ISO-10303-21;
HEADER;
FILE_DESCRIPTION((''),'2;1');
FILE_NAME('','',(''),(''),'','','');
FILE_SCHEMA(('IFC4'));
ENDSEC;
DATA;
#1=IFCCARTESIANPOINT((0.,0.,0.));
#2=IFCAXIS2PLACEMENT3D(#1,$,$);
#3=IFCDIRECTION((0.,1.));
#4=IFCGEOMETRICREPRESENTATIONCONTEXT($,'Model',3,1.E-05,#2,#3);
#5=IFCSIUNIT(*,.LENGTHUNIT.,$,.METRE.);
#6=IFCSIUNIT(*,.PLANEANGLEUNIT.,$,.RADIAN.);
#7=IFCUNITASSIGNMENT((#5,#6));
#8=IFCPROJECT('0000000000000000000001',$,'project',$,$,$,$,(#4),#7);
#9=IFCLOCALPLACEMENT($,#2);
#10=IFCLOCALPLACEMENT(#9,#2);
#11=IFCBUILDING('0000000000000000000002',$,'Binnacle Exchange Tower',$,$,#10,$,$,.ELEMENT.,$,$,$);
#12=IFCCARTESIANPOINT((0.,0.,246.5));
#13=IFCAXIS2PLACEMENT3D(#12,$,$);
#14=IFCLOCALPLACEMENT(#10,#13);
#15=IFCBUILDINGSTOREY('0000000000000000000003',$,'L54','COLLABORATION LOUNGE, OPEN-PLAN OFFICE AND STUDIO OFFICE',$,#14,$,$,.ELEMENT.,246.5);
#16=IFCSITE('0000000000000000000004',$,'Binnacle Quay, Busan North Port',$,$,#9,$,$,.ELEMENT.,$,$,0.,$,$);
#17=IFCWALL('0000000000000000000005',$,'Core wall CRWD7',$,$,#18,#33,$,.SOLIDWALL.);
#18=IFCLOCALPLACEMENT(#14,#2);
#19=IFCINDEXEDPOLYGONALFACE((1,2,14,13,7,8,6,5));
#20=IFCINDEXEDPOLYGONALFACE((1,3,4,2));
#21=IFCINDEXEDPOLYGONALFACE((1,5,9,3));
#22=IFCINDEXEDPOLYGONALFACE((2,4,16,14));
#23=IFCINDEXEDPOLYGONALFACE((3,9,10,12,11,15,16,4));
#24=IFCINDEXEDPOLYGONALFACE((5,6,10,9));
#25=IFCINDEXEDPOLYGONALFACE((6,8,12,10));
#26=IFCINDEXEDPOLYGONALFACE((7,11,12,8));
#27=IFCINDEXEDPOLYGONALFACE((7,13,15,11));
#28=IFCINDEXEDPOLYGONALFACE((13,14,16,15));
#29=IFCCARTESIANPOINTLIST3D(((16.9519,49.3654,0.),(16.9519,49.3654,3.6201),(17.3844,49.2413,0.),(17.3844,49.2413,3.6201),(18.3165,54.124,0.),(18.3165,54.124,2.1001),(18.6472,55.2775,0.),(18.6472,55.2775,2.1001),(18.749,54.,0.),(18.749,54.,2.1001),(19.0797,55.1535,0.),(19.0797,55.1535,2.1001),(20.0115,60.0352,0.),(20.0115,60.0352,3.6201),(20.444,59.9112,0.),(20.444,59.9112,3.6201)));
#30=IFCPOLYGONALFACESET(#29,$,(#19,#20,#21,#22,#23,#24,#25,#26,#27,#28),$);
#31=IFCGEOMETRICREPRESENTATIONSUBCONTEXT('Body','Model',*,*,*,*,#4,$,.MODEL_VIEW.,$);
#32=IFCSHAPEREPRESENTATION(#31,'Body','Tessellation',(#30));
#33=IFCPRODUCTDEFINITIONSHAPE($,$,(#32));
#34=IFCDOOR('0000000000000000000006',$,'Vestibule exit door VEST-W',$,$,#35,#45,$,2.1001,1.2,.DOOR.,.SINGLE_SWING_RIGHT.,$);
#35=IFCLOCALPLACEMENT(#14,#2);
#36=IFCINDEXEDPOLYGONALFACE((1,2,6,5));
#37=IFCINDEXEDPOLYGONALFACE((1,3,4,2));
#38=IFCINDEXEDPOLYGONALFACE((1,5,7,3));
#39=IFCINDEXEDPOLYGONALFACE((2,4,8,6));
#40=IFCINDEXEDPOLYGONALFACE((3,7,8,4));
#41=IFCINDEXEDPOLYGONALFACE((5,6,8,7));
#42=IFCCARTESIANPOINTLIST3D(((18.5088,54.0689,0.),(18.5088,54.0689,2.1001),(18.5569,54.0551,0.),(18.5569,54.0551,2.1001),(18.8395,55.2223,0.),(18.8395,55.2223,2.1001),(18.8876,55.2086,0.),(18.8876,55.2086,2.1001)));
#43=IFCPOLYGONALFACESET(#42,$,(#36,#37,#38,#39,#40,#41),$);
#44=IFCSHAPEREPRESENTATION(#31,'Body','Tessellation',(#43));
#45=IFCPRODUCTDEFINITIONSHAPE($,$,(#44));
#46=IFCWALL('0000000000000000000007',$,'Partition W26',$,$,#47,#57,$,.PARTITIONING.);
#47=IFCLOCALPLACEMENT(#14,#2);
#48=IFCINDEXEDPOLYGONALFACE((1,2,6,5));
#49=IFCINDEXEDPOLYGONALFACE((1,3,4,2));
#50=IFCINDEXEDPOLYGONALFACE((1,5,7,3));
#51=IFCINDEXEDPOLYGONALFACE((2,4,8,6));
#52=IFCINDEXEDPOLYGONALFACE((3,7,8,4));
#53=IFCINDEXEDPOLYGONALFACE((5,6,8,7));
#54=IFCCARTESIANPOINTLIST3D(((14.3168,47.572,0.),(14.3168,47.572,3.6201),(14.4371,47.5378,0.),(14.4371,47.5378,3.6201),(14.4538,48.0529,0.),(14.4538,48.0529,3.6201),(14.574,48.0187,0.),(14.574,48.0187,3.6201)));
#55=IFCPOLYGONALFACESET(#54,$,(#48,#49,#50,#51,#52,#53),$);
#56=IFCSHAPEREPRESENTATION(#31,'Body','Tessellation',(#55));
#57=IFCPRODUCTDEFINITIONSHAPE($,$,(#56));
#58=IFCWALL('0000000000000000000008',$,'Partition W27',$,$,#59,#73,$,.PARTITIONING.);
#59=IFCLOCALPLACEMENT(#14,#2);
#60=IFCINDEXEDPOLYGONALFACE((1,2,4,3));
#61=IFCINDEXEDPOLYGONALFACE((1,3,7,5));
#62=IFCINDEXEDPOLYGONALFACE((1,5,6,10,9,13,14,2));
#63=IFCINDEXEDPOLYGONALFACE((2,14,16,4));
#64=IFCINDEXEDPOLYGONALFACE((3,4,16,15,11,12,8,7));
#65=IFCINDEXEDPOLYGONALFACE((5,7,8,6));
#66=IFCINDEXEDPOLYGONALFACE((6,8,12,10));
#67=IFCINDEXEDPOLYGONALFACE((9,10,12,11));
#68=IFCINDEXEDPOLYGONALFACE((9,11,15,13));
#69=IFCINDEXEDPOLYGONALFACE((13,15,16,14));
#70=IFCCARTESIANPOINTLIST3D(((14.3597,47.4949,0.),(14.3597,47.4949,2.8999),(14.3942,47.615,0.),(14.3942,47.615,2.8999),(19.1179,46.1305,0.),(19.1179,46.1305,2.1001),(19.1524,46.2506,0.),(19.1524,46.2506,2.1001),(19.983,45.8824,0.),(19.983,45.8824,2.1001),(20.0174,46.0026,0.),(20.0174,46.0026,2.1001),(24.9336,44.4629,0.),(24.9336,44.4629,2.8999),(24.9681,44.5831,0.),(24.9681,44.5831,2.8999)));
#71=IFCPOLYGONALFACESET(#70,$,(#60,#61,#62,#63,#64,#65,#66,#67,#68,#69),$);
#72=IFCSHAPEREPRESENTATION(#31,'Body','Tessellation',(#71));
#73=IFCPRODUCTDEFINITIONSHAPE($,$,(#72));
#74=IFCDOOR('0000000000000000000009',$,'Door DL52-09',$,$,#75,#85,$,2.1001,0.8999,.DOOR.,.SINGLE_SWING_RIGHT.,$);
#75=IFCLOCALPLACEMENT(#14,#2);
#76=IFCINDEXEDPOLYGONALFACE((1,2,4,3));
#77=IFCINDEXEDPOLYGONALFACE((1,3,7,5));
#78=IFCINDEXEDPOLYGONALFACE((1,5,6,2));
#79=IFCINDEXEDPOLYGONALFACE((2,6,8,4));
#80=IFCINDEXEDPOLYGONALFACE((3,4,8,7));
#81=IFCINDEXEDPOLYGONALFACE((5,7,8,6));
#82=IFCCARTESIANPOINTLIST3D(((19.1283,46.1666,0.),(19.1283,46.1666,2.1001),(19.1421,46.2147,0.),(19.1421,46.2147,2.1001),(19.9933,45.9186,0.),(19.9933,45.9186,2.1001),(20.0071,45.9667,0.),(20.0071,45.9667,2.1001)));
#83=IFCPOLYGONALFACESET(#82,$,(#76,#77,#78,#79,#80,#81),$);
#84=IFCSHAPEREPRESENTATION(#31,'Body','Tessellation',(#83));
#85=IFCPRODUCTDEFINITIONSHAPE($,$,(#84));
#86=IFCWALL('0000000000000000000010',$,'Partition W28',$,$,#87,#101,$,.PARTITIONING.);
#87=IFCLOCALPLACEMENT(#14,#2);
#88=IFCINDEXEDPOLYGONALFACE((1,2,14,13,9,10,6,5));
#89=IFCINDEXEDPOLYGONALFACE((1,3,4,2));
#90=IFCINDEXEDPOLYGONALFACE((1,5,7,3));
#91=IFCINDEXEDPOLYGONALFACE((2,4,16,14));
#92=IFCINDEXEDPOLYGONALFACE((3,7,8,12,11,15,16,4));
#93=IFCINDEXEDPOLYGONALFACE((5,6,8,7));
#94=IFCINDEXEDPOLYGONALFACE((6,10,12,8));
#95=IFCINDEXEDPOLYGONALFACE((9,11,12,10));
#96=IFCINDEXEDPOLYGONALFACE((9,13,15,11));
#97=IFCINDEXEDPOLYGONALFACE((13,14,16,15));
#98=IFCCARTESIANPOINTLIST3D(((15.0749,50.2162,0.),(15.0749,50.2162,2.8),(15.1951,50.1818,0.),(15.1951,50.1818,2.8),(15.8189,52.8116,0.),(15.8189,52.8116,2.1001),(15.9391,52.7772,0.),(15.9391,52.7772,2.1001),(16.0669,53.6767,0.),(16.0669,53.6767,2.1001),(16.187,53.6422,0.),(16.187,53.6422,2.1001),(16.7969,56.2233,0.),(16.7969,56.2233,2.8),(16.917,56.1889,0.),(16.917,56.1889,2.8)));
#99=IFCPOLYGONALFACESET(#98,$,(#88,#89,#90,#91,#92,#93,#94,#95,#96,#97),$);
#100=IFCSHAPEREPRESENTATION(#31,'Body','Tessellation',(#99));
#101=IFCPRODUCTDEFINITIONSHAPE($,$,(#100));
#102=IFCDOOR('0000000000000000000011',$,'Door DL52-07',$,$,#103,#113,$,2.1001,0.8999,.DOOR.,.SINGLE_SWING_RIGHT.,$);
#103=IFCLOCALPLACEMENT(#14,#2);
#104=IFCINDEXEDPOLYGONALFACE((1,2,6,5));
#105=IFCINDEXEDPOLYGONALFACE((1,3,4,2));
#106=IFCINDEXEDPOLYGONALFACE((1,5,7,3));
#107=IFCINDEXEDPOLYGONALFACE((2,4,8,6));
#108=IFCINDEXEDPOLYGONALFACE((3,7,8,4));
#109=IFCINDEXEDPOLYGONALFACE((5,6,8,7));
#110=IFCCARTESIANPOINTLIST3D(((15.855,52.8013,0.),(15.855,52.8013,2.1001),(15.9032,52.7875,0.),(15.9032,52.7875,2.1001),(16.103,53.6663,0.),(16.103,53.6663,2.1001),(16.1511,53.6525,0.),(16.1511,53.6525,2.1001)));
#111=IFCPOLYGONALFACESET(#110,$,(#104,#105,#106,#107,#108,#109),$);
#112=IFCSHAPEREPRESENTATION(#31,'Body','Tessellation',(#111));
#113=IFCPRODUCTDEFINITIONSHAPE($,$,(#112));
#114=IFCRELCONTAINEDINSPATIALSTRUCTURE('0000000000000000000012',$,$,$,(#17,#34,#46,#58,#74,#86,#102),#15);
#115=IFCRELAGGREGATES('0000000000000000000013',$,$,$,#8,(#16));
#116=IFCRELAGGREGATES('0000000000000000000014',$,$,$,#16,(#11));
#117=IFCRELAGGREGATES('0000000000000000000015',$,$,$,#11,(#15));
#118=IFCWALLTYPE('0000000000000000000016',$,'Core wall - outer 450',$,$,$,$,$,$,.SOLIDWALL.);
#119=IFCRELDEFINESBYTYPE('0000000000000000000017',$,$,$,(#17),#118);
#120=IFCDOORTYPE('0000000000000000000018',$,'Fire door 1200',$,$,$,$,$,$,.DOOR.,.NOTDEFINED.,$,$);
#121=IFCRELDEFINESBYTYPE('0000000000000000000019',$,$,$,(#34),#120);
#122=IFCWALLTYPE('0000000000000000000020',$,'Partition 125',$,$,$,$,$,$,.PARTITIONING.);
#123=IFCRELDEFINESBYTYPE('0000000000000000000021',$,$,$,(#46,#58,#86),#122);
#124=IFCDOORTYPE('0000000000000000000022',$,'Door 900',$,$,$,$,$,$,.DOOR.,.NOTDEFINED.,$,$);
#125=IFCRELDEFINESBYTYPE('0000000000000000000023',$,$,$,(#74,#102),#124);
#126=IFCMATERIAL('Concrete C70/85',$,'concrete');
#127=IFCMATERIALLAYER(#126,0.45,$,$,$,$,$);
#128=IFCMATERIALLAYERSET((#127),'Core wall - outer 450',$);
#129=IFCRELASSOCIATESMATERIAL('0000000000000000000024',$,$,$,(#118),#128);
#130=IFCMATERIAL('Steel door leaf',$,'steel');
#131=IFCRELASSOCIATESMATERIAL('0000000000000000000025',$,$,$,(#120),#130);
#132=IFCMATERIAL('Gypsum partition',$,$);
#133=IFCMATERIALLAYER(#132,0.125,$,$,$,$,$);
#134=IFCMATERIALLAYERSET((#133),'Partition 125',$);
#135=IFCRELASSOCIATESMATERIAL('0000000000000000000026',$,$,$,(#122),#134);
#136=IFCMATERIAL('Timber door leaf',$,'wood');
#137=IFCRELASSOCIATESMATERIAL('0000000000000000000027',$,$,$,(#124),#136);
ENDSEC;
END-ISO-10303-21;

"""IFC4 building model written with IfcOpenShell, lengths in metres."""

from ifc_helpers import new_model, si_unit, direction, frame, frame_2d, origin, place, context, subcontext, project, spatial, rectangle, extrude, material, layer, layer_set, type_object, element, fill, save


model = new_model("IFC4")

# Units and contexts
model_context = context("Model", 3, precision=1e-05, world=origin(), true_north=direction((0.0, 1.0)))
body_context = subcontext(model_context, "Body", "Model", "MODEL_VIEW")
ifc_project = project(units=[si_unit("LENGTHUNIT", "METRE"), si_unit("PLANEANGLEUNIT", "RADIAN")], contexts=[model_context])

# Site, building, storey
site_placement = place(None, origin())
site = spatial("IfcSite", under=ifc_project, at=site_placement, Name="Binnacle Quay, Busan North Port", CompositionType="ELEMENT", RefElevation=0.0)
building_placement = place(site_placement, origin())
building = spatial("IfcBuilding", under=site, at=building_placement, Name="Binnacle Exchange Tower", CompositionType="ELEMENT")
storey_placement = place(building_placement, frame((0.0, 0.0, 246.5)))
storey = spatial("IfcBuildingStorey", under=building, at=storey_placement, Name="L54", Description="COLLABORATION LOUNGE, OPEN-PLAN OFFICE AND STUDIO OFFICE", CompositionType="ELEMENT", Elevation=246.5)

# Shared definitions
ifc_material_1 = material(Name="Concrete C70/85", Category="concrete")
ifc_layer_1 = layer(ifc_material_1, 0.45)
ifc_layer_set_1 = layer_set([ifc_layer_1], Name="Core wall - outer 450")
wall_type_1 = type_object("IfcWallType", Name="Core wall - outer 450", PredefinedType="SOLIDWALL", material=ifc_layer_set_1)

# Wall, opening, door
wall_1_placement = place(storey_placement, frame((17.1682, 49.3035, 0.0), z_axis=(0.0, 0.0, 1.0), x_axis=(0.275639, 0.961261, 0.0)))
wall_1 = element("IfcWall", 1, at=wall_1_placement, inside=storey, type_object=wall_type_1, Name="Core wall CRWD7", PredefinedType="SOLIDWALL", context=body_context, shape_type="SweptSolid", body=[
    extrude(rectangle(XDim=11.0999, YDim=0.45, at=frame_2d((5.5498, 0.0))), origin(), (0.0, 0.0, 1.0), 3.6201),
])
opening_1_placement = place(wall_1_placement, frame((4.9502, 0.0, 0.0)))
opening_1 = element("IfcOpeningElement", 2, at=opening_1_placement, cuts=wall_1, PredefinedType="OPENING", context=body_context, shape_type="SweptSolid", body=[
    extrude(rectangle(XDim=1.2, YDim=2.1001, at=frame_2d((0.6001, 1.05))), frame((0.0, 0.2349, 0.0), z_axis=(0.0, -1.0, 0.0), x_axis=(1.0, 0.0, 0.0)), (0.0, 0.0, 1.0), 0.47),
])
ifc_material_2 = material(Name="Steel door leaf", Category="steel")
door_type_1 = type_object("IfcDoorType", Name="Fire door 1200", OperationType="NOTDEFINED", PredefinedType="DOOR", material=ifc_material_2)
door_1_placement = place(opening_1_placement, origin())
door_1 = element("IfcDoor", 3, at=door_1_placement, inside=storey, type_object=door_type_1, Name="Vestibule exit door VEST-W", OperationType="SINGLE_SWING_RIGHT", OverallHeight=2.1001, OverallWidth=1.2, PredefinedType="DOOR", context=body_context, shape_type="SweptSolid", body=[
    extrude(rectangle(XDim=1.2, YDim=2.1001, at=frame_2d((0.6001, 1.05))), frame((0.0, 0.0249, 0.0), z_axis=(0.0, -1.0, 0.0), x_axis=(1.0, 0.0, 0.0)), (0.0, 0.0, 1.0), 0.05),
])
fill(opening_1, door_1)

# Wall
ifc_material_3 = material(Name="Gypsum partition")
ifc_layer_2 = layer(ifc_material_3, 0.125)
ifc_layer_set_2 = layer_set([ifc_layer_2], Name="Partition 125")
wall_type_2 = type_object("IfcWallType", Name="Partition 125", PredefinedType="PARTITIONING", material=ifc_layer_set_2)
wall_2_placement = place(storey_placement, frame((14.377, 47.5549, 0.0), z_axis=(0.0, 0.0, 1.0), x_axis=(0.273883, 0.961763, 0.0)))
element("IfcWall", 4, at=wall_2_placement, inside=storey, type_object=wall_type_2, Name="Partition W26", PredefinedType="PARTITIONING", context=body_context, shape_type="SweptSolid", body=[
    extrude(rectangle(XDim=0.5, YDim=0.125, at=frame_2d((0.25, 0.0))), origin(), (0.0, 0.0, 1.0), 3.6201),
])

# Walls, openings, doors
wall_3_placement = place(storey_placement, frame((14.377, 47.5549, 0.0), z_axis=(0.0, 0.0, 1.0), x_axis=(0.961263, -0.275633, 0.0)))
wall_3 = element("IfcWall", 5, at=wall_3_placement, inside=storey, type_object=wall_type_2, Name="Partition W27", PredefinedType="PARTITIONING", context=body_context, shape_type="SweptSolid", body=[
    extrude(rectangle(XDim=11.0, YDim=0.125, at=frame_2d((5.5, 0.0))), origin(), (0.0, 0.0, 1.0), 2.8999),
])
opening_2_placement = place(wall_3_placement, frame((4.95, 0.0, 0.0)))
opening_2 = element("IfcOpeningElement", 6, at=opening_2_placement, cuts=wall_3, PredefinedType="OPENING", context=body_context, shape_type="SweptSolid", body=[
    extrude(rectangle(XDim=0.8999, YDim=2.1001, at=frame_2d((0.45, 1.05))), frame((0.0, 0.0725, 0.0), z_axis=(0.0, -1.0, 0.0), x_axis=(1.0, 0.0, 0.0)), (0.0, 0.0, 1.0), 0.145),
])
ifc_material_4 = material(Name="Timber door leaf", Category="wood")
door_type_2 = type_object("IfcDoorType", Name="Door 900", OperationType="NOTDEFINED", PredefinedType="DOOR", material=ifc_material_4)
door_2_placement = place(opening_2_placement, frame((0.8999, 0.0, 0.0), z_axis=(0.0, 0.0, 1.0), x_axis=(-1.0, 0.0, 0.0)))
door_2 = element("IfcDoor", 7, at=door_2_placement, inside=storey, type_object=door_type_2, Name="Door DL52-09", OperationType="SINGLE_SWING_RIGHT", OverallHeight=2.1001, OverallWidth=0.8999, PredefinedType="DOOR", context=body_context, shape_type="SweptSolid", body=[
    extrude(rectangle(XDim=0.8999, YDim=2.1001, at=frame_2d((0.45, 1.05))), frame((0.0, 0.0249, 0.0), z_axis=(0.0, -1.0, 0.0), x_axis=(1.0, 0.0, 0.0)), (0.0, 0.0, 1.0), 0.05),
])
fill(opening_2, door_2)
wall_4_placement = place(storey_placement, frame((15.135, 50.199, 0.0), z_axis=(0.0, 0.0, 1.0), x_axis=(0.275552, 0.961286, 0.0)))
wall_4 = element("IfcWall", 8, at=wall_4_placement, inside=storey, type_object=wall_type_2, Name="Partition W28", PredefinedType="PARTITIONING", context=body_context, shape_type="SweptSolid", body=[
    extrude(rectangle(XDim=6.249, YDim=0.125, at=frame_2d((3.1245, 0.0))), origin(), (0.0, 0.0, 1.0), 2.8),
])
opening_3_placement = place(wall_4_placement, frame((2.7, 0.0, 0.0)))
opening_3 = element("IfcOpeningElement", 9, at=opening_3_placement, cuts=wall_4, PredefinedType="OPENING", context=body_context, shape_type="SweptSolid", body=[
    extrude(rectangle(XDim=0.8999, YDim=2.1001, at=frame_2d((0.45, 1.05))), frame((0.0, 0.0725, 0.0), z_axis=(0.0, -1.0, 0.0), x_axis=(1.0, 0.0, 0.0)), (0.0, 0.0, 1.0), 0.145),
])
door_3_placement = place(opening_3_placement, origin())
door_3 = element("IfcDoor", 10, at=door_3_placement, inside=storey, type_object=door_type_2, Name="Door DL52-07", OperationType="SINGLE_SWING_RIGHT", OverallHeight=2.1001, OverallWidth=0.8999, PredefinedType="DOOR", context=body_context, shape_type="SweptSolid", body=[
    extrude(rectangle(XDim=0.8999, YDim=2.1001, at=frame_2d((0.45, 1.05))), frame((0.0, 0.0249, 0.0), z_axis=(0.0, -1.0, 0.0), x_axis=(1.0, 0.0, 0.0)), (0.0, 0.0, 1.0), 0.05),
])
fill(opening_3, door_3)

save(model, "model.ifc")
